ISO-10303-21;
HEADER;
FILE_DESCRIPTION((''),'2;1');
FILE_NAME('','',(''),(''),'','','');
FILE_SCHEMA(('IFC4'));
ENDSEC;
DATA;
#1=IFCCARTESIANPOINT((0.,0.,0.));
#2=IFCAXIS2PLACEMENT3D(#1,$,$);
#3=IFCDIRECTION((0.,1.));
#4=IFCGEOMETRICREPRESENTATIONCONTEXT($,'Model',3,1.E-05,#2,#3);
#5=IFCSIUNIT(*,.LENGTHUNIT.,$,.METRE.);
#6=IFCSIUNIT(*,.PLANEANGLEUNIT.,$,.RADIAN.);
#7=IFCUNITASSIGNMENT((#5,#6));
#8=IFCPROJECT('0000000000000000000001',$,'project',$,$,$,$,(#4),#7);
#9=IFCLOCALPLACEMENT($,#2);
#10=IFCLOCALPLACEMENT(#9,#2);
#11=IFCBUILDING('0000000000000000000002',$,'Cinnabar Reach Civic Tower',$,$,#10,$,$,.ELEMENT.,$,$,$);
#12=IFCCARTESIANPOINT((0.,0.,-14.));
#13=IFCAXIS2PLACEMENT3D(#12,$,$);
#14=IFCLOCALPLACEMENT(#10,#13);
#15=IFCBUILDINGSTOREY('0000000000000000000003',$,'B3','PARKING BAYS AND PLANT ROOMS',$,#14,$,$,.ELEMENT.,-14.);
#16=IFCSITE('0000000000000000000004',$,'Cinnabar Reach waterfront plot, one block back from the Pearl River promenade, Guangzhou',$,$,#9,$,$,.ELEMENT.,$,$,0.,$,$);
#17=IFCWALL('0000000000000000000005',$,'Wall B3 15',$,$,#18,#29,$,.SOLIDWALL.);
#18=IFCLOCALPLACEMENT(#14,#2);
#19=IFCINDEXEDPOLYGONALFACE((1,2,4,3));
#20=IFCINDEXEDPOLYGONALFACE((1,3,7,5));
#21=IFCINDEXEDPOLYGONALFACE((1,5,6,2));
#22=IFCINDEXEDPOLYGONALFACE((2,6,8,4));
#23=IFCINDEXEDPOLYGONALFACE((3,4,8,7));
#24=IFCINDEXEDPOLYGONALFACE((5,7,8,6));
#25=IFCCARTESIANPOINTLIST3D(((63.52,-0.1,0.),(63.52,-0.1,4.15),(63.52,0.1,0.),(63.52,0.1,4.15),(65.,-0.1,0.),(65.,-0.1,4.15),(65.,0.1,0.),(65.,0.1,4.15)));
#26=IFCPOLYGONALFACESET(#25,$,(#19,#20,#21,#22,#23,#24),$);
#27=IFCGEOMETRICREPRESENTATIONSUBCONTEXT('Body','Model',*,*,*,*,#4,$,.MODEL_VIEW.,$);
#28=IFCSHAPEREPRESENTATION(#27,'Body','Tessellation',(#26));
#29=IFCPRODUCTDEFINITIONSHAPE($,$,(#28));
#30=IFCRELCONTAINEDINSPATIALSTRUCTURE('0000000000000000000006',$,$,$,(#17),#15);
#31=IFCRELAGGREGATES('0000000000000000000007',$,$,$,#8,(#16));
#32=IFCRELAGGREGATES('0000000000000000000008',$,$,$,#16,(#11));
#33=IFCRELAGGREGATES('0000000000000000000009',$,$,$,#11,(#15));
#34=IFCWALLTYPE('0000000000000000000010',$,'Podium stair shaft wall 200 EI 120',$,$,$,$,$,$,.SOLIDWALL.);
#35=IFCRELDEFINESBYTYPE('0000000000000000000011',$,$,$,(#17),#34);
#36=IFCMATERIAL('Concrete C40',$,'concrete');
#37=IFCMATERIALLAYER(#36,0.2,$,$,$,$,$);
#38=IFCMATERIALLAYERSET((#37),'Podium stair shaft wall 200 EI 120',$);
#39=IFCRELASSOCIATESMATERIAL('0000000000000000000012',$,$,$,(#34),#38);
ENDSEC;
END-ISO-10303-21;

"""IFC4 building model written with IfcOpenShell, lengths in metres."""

from ifc_helpers import new_model, si_unit, direction, frame, frame_2d, origin, place, context, subcontext, project, spatial, rectangle, extrude, material, layer, layer_set, type_object, element, save


model = new_model("IFC4")

# Units and contexts
model_context = context("Model", 3, precision=1e-05, world=origin(), true_north=direction((0.0, 1.0)))
body_context = subcontext(model_context, "Body", "Model", "MODEL_VIEW")
ifc_project = project(units=[si_unit("LENGTHUNIT", "METRE"), si_unit("PLANEANGLEUNIT", "RADIAN")], contexts=[model_context])

# Site, building, storey
site_placement = place(None, origin())
site = spatial("IfcSite", under=ifc_project, at=site_placement, Name="Cinnabar Reach waterfront plot, one block back from the Pearl River promenade, Guangzhou", CompositionType="ELEMENT", RefElevation=0.0)
building_placement = place(site_placement, origin())
building = spatial("IfcBuilding", under=site, at=building_placement, Name="Cinnabar Reach Civic Tower", CompositionType="ELEMENT")
storey_placement = place(building_placement, frame((0.0, 0.0, -14.0)))
storey = spatial("IfcBuildingStorey", under=building, at=storey_placement, Name="B3", Description="PARKING BAYS AND PLANT ROOMS", CompositionType="ELEMENT", Elevation=-14.0)

# Shared definitions
ifc_material_1 = material(Name="Concrete C40", Category="concrete")

# Shared definitions
ifc_layer = layer(ifc_material_1, 0.2)
ifc_layer_set = layer_set([ifc_layer], Name="Podium stair shaft wall 200 EI 120")
wall_type = type_object("IfcWallType", Name="Podium stair shaft wall 200 EI 120", PredefinedType="SOLIDWALL", material=ifc_layer_set)

# Wall
wall_1_placement = place(storey_placement, frame((63.52, 0.0, 0.0), z_axis=(0.0, 0.0, 1.0), x_axis=(1.0, 0.0, 0.0)))
element("IfcWall", 1, at=wall_1_placement, inside=storey, type_object=wall_type, Name="Wall B3 15", PredefinedType="SOLIDWALL", context=body_context, shape_type="SweptSolid", body=[
    extrude(rectangle(XDim=1.48, YDim=0.2, at=frame_2d((0.74, 0.0))), origin(), (0.0, 0.0, 1.0), 4.15),
])

save(model, "model.ifc")
